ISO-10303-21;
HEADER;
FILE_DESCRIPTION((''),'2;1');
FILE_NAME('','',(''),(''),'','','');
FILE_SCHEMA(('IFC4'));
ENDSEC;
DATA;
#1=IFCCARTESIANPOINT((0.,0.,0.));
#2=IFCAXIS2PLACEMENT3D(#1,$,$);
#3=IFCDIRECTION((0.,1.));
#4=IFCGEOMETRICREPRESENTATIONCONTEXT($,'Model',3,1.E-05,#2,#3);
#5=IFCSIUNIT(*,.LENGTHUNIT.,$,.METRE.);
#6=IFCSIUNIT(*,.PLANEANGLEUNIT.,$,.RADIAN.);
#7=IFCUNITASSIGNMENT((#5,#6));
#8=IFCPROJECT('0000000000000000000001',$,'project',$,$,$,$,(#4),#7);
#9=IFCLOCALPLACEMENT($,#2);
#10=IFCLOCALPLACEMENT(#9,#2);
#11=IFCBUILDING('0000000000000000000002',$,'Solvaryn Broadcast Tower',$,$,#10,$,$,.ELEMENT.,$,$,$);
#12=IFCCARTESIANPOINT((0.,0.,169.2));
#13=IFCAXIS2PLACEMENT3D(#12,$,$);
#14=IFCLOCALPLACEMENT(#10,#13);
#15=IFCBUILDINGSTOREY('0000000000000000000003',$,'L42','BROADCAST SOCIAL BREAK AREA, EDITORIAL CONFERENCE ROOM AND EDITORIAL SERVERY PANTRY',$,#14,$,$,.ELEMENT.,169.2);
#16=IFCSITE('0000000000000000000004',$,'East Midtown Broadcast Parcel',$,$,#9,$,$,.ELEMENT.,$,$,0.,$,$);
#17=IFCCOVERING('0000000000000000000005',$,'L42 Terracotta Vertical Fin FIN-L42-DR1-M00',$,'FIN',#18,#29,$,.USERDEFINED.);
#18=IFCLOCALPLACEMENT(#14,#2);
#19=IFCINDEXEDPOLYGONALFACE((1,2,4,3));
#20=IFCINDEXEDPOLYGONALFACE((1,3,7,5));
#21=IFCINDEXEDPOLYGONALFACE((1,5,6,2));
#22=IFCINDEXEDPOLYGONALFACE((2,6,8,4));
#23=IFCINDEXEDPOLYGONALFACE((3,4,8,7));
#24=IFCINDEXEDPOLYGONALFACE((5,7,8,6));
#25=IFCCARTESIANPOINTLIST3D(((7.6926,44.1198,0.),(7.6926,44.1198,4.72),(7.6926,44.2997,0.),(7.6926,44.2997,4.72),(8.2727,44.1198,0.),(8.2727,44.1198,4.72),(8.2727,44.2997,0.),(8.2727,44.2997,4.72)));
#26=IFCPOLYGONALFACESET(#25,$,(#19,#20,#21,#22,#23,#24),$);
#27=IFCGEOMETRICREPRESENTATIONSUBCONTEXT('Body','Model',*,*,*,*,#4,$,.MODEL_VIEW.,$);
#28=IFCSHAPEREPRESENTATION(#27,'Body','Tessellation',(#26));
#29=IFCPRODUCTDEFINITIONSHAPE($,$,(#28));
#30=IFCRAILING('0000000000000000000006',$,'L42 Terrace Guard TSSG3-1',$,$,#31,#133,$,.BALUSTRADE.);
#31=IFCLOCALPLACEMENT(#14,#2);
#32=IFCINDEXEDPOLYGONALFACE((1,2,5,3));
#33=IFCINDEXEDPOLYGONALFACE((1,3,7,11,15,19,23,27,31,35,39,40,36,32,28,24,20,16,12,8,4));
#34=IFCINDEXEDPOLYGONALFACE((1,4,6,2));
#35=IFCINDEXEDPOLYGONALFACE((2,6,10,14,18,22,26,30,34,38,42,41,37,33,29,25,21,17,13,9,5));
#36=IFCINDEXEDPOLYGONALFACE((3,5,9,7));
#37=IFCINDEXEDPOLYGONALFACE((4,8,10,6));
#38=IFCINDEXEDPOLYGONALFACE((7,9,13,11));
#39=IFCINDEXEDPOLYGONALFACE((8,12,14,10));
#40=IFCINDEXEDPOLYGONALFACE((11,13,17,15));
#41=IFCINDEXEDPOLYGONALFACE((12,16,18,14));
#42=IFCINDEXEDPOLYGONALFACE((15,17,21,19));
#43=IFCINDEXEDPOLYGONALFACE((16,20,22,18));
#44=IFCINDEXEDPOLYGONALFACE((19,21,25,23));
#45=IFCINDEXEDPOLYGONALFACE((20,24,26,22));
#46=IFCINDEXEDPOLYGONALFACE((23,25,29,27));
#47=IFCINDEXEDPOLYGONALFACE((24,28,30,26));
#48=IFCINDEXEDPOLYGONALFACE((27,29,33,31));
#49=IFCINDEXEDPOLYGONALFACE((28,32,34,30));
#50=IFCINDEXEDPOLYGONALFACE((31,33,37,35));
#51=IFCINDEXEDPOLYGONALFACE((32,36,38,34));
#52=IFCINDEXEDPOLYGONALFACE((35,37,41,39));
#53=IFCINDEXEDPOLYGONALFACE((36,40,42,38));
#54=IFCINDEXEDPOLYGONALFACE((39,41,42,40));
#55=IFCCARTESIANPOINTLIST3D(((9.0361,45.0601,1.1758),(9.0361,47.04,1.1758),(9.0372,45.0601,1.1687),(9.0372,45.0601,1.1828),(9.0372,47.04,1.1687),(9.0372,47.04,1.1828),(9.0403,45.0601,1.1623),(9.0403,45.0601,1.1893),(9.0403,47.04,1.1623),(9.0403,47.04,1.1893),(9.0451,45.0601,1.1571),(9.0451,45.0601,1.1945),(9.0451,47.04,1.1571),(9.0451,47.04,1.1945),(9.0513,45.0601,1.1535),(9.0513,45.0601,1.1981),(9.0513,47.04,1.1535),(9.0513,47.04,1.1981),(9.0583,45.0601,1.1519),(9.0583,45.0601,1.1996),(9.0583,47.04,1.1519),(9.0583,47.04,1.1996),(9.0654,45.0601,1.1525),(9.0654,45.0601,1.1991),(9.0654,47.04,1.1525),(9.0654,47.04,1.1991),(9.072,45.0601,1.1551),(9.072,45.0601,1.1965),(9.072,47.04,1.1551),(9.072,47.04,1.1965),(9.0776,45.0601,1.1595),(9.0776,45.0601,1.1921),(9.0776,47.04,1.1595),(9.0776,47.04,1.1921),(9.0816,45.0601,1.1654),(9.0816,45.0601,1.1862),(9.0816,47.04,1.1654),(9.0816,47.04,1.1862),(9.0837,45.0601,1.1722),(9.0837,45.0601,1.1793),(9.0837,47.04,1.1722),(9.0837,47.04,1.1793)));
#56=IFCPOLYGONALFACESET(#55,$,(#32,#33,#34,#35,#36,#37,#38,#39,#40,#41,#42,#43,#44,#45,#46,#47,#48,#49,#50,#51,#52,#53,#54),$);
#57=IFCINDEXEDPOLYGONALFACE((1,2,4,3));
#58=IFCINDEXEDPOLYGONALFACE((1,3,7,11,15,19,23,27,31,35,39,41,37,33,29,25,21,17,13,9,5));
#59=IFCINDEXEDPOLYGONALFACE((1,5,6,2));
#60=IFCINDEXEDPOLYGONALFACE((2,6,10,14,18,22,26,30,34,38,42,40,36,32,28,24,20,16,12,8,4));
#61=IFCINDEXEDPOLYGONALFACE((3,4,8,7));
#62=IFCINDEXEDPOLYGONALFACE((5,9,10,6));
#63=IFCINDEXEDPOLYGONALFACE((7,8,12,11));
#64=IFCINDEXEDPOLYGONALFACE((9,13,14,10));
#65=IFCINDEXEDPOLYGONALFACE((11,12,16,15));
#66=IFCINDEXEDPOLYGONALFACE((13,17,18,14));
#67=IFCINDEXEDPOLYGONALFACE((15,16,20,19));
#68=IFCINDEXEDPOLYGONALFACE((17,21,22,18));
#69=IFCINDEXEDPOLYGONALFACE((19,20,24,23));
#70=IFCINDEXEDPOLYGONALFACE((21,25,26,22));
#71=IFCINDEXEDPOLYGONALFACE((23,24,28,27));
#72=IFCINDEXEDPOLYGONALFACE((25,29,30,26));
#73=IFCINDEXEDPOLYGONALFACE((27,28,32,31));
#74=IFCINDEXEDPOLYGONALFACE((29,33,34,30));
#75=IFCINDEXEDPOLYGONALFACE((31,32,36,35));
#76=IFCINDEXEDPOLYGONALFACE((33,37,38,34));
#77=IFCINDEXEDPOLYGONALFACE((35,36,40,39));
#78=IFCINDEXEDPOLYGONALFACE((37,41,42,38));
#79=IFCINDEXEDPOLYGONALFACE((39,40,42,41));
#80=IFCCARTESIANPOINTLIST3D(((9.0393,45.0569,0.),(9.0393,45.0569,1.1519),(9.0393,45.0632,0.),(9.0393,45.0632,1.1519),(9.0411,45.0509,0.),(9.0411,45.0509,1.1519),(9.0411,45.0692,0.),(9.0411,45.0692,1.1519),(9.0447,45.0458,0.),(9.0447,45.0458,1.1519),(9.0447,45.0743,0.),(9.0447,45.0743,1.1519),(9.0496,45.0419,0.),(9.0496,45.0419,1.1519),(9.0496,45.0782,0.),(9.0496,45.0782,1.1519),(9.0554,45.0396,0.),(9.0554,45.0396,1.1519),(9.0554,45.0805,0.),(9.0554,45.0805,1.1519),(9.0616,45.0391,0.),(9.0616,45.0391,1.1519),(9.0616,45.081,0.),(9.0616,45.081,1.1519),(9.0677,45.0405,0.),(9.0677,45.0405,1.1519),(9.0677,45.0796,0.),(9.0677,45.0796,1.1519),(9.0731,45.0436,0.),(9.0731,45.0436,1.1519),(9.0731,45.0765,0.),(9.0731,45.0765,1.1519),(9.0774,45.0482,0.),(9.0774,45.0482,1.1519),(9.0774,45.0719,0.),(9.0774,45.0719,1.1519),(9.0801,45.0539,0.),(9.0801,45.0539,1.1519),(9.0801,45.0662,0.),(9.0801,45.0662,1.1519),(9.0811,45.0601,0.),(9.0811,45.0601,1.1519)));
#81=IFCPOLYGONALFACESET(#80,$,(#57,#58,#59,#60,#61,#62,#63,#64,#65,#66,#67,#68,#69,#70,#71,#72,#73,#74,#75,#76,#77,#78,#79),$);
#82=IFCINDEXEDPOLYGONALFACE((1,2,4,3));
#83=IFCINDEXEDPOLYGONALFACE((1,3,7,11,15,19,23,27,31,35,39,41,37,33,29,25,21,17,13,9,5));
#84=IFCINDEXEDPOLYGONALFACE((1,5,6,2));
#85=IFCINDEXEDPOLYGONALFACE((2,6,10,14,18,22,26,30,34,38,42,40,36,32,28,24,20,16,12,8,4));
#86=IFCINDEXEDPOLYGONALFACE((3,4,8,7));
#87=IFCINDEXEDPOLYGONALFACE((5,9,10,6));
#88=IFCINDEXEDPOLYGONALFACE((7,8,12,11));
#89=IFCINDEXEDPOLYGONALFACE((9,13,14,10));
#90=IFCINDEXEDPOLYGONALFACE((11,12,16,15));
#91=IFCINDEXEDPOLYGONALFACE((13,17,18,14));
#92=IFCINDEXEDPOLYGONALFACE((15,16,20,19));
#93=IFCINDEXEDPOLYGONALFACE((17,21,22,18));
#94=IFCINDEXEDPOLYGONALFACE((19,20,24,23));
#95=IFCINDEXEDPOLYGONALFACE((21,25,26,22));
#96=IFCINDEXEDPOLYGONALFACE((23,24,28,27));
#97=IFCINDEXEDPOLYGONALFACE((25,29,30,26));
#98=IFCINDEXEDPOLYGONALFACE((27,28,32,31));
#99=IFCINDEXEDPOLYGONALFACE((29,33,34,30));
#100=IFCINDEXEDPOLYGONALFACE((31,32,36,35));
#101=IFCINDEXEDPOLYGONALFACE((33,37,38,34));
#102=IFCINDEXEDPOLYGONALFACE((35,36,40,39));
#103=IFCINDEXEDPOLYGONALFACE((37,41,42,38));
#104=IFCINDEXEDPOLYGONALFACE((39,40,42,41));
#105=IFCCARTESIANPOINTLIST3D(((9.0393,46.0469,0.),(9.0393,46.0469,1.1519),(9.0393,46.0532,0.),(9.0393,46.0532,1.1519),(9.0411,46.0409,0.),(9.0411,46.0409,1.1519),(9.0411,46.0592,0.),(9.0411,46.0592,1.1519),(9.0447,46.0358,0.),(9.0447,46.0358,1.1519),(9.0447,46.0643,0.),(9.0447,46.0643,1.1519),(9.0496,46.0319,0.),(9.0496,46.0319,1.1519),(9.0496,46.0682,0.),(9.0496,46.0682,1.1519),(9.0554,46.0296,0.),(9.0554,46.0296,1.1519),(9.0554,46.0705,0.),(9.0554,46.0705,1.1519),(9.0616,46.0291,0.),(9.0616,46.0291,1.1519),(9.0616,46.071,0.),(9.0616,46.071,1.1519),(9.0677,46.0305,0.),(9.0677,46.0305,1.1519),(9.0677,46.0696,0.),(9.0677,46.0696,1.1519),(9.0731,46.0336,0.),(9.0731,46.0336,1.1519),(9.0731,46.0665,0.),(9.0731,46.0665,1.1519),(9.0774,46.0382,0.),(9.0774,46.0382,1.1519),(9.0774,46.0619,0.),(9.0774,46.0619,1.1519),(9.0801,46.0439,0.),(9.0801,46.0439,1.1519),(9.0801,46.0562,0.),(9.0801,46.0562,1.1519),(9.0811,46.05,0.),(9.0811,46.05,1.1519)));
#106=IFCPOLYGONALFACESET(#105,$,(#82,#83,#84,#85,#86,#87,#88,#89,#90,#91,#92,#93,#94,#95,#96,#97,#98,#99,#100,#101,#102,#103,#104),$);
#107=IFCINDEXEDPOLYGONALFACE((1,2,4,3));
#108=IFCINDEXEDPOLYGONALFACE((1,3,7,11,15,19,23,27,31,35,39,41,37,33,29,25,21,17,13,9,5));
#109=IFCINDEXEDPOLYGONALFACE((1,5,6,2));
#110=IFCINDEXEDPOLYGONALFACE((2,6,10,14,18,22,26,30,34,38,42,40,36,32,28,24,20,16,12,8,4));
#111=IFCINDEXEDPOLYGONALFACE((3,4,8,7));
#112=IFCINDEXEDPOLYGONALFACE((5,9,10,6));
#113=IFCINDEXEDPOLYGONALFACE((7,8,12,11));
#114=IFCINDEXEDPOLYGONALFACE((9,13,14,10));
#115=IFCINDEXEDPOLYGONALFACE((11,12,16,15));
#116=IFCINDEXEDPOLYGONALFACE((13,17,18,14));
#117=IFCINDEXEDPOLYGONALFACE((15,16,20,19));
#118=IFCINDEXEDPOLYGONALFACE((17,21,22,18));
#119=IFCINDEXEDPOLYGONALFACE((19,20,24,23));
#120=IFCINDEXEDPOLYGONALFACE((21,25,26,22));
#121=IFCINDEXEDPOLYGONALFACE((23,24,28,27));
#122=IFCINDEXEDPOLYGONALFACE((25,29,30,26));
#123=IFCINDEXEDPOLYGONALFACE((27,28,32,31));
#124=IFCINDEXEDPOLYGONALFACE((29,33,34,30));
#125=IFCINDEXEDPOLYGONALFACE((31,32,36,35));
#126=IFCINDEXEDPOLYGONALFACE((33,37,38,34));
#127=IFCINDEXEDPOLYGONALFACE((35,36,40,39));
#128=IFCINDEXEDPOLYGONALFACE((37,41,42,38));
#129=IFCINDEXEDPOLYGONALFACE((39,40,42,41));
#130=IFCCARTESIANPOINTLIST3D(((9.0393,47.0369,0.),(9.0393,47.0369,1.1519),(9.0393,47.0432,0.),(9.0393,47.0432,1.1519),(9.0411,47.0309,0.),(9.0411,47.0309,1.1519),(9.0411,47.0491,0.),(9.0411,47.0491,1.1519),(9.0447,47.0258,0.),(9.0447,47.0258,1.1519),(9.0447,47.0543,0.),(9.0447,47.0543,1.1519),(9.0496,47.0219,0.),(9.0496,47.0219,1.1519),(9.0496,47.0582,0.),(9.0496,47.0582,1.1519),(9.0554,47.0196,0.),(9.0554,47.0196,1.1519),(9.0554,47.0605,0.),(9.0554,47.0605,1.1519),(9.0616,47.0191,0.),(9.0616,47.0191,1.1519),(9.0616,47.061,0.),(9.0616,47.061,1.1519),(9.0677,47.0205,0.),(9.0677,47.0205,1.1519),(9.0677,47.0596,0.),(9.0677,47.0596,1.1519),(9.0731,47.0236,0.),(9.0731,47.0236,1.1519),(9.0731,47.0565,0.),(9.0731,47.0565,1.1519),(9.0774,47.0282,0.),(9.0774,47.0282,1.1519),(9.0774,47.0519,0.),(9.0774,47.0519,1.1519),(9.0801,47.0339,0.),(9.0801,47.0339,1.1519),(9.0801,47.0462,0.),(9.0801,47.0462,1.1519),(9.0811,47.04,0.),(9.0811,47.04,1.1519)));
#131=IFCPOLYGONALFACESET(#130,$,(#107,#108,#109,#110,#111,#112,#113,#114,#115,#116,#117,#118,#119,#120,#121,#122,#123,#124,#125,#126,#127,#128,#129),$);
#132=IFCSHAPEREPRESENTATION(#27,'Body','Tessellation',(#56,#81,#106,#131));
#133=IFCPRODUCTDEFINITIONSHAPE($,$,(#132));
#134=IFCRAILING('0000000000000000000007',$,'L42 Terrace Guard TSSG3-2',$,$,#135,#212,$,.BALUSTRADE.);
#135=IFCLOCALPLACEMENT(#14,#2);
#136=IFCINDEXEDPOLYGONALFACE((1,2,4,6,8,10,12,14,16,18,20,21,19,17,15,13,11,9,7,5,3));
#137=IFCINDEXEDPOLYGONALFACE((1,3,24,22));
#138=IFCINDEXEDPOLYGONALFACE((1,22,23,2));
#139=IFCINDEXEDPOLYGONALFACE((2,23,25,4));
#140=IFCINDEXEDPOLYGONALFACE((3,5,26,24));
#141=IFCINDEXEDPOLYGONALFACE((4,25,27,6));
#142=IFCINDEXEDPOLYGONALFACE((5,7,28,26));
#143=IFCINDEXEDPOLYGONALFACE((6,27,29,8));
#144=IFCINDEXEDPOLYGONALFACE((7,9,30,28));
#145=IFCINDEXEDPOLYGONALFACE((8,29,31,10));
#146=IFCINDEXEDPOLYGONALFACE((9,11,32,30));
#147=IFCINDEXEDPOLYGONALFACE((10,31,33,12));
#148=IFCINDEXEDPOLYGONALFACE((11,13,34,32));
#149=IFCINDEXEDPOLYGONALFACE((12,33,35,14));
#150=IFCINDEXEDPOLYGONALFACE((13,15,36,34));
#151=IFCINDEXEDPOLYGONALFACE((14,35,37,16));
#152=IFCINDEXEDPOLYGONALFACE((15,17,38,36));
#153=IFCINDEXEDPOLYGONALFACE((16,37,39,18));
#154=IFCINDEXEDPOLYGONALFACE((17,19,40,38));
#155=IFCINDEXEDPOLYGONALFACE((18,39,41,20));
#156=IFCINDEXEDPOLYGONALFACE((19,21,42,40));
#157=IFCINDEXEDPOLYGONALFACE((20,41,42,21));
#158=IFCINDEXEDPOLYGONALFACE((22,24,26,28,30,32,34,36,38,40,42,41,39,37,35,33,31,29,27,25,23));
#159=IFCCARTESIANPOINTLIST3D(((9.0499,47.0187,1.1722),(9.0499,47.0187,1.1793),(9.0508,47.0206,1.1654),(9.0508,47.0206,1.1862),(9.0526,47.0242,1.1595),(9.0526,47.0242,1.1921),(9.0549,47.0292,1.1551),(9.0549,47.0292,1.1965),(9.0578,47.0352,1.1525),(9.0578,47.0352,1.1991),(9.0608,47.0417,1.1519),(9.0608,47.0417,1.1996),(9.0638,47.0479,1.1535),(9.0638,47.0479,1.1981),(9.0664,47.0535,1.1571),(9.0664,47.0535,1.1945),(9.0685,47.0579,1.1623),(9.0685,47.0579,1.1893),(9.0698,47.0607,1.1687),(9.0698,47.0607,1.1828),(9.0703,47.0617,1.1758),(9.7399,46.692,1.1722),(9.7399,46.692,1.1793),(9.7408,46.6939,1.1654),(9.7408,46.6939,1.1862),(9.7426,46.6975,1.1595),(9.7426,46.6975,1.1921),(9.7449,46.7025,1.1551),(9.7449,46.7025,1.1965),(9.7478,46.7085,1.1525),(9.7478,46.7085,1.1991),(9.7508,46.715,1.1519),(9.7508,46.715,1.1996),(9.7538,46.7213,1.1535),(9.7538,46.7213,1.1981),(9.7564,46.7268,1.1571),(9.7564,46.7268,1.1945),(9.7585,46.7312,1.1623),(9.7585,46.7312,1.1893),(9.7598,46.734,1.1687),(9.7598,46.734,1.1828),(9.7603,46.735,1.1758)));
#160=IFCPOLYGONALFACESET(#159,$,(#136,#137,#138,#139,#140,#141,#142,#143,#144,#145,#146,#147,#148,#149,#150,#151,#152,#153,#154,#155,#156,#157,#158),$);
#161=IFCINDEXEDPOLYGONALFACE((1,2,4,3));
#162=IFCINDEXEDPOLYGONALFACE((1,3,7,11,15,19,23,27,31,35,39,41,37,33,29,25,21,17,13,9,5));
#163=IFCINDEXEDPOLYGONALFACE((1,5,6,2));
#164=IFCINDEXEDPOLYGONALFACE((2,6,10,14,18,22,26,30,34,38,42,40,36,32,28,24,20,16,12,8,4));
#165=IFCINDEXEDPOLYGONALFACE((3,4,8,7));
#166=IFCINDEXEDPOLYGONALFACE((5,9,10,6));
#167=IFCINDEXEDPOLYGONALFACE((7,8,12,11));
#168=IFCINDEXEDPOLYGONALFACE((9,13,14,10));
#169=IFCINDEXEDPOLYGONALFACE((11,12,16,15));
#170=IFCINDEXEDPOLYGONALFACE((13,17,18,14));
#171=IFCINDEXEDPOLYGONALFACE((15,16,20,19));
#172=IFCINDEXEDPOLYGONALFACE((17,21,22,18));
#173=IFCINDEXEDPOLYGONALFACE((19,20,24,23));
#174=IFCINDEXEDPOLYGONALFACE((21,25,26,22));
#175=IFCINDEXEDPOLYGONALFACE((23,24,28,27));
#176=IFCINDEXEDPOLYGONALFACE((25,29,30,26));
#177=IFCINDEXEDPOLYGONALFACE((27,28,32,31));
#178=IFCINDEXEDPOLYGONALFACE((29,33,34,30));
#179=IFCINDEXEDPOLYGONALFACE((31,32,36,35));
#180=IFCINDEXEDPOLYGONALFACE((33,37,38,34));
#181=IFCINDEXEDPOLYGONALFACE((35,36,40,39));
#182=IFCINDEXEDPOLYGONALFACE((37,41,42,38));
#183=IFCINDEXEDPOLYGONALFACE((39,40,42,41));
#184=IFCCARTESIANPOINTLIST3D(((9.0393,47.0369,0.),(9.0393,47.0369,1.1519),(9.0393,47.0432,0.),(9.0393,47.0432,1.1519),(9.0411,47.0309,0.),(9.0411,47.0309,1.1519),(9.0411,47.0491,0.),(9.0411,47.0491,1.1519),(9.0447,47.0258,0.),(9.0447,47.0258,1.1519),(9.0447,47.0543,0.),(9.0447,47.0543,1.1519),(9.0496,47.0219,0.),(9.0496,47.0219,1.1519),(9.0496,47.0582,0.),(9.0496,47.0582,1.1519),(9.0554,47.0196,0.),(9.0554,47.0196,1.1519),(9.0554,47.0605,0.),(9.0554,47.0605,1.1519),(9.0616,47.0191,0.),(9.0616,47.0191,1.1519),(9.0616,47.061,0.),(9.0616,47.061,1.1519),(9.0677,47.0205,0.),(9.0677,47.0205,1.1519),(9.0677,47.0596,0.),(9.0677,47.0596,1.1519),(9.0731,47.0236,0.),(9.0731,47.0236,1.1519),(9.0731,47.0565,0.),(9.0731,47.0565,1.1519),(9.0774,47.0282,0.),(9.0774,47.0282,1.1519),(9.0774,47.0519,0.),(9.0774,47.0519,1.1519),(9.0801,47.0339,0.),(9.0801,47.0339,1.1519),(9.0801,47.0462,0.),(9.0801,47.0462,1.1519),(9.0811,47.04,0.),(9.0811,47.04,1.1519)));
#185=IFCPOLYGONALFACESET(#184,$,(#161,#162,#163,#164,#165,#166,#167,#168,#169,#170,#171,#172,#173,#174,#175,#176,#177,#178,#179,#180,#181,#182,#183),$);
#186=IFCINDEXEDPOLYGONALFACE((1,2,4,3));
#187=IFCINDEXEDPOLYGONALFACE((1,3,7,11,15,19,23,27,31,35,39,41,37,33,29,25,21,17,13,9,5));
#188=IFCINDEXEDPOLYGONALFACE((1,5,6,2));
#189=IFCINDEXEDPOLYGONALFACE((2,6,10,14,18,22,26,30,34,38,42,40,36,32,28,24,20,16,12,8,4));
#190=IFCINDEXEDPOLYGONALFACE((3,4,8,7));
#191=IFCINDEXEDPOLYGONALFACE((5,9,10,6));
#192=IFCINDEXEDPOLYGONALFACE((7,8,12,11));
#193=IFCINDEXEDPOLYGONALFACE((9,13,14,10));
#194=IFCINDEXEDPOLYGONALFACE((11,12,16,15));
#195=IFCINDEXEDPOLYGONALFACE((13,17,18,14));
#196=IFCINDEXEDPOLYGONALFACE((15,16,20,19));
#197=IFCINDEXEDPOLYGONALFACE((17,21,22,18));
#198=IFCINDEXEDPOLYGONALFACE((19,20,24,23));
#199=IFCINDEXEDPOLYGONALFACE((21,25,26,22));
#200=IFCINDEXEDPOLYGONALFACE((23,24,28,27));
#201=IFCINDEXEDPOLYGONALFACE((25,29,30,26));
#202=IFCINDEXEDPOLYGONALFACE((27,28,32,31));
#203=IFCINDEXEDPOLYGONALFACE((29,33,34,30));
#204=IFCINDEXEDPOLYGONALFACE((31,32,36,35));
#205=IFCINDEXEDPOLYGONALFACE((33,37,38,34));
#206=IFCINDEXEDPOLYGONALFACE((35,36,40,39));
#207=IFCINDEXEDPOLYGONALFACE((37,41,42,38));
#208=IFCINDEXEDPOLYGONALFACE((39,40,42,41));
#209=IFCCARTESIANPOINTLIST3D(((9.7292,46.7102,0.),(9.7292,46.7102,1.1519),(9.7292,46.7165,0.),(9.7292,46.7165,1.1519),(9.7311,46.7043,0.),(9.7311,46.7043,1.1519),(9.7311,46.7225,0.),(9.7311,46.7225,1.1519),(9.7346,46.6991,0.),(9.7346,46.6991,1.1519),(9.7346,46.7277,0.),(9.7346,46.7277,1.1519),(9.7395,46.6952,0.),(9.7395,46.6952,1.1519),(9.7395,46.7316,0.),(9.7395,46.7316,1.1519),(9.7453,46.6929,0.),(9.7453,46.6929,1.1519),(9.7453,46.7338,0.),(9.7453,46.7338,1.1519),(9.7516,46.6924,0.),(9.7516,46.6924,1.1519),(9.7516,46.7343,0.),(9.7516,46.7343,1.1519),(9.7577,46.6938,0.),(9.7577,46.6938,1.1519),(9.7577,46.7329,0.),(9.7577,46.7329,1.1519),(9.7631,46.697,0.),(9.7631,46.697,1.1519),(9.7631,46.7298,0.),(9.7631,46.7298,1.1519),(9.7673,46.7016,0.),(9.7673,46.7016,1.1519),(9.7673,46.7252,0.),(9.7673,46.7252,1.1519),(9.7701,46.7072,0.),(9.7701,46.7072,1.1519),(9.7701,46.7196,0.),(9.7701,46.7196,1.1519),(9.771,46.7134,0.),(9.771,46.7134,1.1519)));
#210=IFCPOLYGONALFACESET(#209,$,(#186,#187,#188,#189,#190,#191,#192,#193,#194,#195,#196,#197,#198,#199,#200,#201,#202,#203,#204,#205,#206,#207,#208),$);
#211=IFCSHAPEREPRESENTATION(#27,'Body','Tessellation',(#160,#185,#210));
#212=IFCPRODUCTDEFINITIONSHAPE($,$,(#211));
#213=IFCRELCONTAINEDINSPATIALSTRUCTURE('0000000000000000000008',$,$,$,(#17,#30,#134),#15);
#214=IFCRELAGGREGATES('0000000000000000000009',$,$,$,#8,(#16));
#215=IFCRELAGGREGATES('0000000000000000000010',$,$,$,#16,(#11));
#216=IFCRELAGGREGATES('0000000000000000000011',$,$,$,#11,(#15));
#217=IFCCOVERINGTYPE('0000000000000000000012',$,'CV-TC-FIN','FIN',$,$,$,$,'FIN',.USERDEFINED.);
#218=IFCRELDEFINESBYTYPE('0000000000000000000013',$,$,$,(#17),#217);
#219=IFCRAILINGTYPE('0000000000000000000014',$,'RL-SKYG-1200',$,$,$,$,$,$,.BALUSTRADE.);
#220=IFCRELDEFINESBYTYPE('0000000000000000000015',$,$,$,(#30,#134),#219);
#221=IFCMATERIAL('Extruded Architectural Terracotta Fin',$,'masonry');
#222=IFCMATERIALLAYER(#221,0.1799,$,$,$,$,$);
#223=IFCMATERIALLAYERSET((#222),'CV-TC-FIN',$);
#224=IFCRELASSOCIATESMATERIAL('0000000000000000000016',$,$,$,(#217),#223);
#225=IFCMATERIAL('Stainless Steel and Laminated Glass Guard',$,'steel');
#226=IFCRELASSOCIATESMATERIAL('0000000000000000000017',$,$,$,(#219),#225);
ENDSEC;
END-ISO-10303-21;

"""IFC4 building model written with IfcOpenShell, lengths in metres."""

from ifc_helpers import new_model, si_unit, direction, frame, origin, origin_2d, place, context, subcontext, project, spatial, rectangle, circle, extrude, material, layer, layer_set, type_object, element, save


model = new_model("IFC4")

# Units and contexts
model_context = context("Model", 3, precision=1e-05, world=origin(), true_north=direction((0.0, 1.0)))
body_context = subcontext(model_context, "Body", "Model", "MODEL_VIEW")
ifc_project = project(units=[si_unit("LENGTHUNIT", "METRE"), si_unit("PLANEANGLEUNIT", "RADIAN")], contexts=[model_context])

# Site, building, storey
site_placement = place(None, origin())
site = spatial("IfcSite", under=ifc_project, at=site_placement, Name="East Midtown Broadcast Parcel", CompositionType="ELEMENT", RefElevation=0.0)
building_placement = place(site_placement, origin())
building = spatial("IfcBuilding", under=site, at=building_placement, Name="Solvaryn Broadcast Tower", CompositionType="ELEMENT")
storey_placement = place(building_placement, frame((0.0, 0.0, 169.2)))
storey = spatial("IfcBuildingStorey", under=building, at=storey_placement, Name="L42", Description="BROADCAST SOCIAL BREAK AREA, EDITORIAL CONFERENCE ROOM AND EDITORIAL SERVERY PANTRY", CompositionType="ELEMENT", Elevation=169.2)

# Covering
ifc_material_1 = material(Name="Extruded Architectural Terracotta Fin", Category="masonry")
ifc_layer_1 = layer(ifc_material_1, 0.1799)
ifc_layer_set_1 = layer_set([ifc_layer_1], Name="CV-TC-FIN")
covering_type = type_object("IfcCoveringType", Name="CV-TC-FIN", Description="FIN", ElementType="FIN", PredefinedType="USERDEFINED", material=ifc_layer_set_1)
covering_placement = place(storey_placement, frame((7.9827, 44.2097, 0.0), z_axis=(0.0, 0.0, 1.0), x_axis=(1.0, 0.0, 0.0)))
element("IfcCovering", 1, at=covering_placement, inside=storey, type_object=covering_type, Name="L42 Terracotta Vertical Fin FIN-L42-DR1-M00", ObjectType="FIN", PredefinedType="USERDEFINED", context=body_context, shape_type="SweptSolid", body=[
    extrude(rectangle(XDim=0.5801, YDim=0.1799, at=origin_2d()), origin(), (0.0, 0.0, 1.0), 4.72),
])

# Railings
ifc_material_2 = material(Name="Stainless Steel and Laminated Glass Guard", Category="steel")
railing_type = type_object("IfcRailingType", Name="RL-SKYG-1200", PredefinedType="BALUSTRADE", material=ifc_material_2)
railing_1_placement = place(storey_placement, frame((9.0601, 45.0601, 0.0)))
element("IfcRailing", 2, at=railing_1_placement, inside=storey, type_object=railing_type, Name="L42 Terrace Guard TSSG3-1", PredefinedType="BALUSTRADE", context=body_context, shape_type="SweptSolid", body=[
    extrude(circle(Radius=0.0239, at=origin_2d()), frame((0.0, 0.0, 1.1758), z_axis=(0.0, 1.0, 0.0), x_axis=(-1.0, 0.0, 0.0)), (0.0, 0.0, 1.0), 1.98),
    extrude(circle(Radius=0.021, at=origin_2d()), origin(), (0.0, 0.0, 1.0), 1.1519),
    extrude(circle(Radius=0.021, at=origin_2d()), frame((0.0, 0.99, 0.0)), (0.0, 0.0, 1.0), 1.1519),
    extrude(circle(Radius=0.021, at=origin_2d()), frame((0.0, 1.98, 0.0)), (0.0, 0.0, 1.0), 1.1519),
])
railing_2_placement = place(storey_placement, frame((9.0601, 47.04, 0.0)))
element("IfcRailing", 3, at=railing_2_placement, inside=storey, type_object=railing_type, Name="L42 Terrace Guard TSSG3-2", PredefinedType="BALUSTRADE", context=body_context, shape_type="SweptSolid", body=[
    extrude(circle(Radius=0.0239, at=origin_2d()), frame((0.0, 0.0, 1.1758), z_axis=(0.903816, -0.427921, 0.0), x_axis=(0.427921, 0.903816, 0.0)), (0.0, 0.0, 1.0), 0.7634),
    extrude(circle(Radius=0.021, at=origin_2d()), origin(), (0.0, 0.0, 1.0), 1.1519),
    extrude(circle(Radius=0.021, at=origin_2d()), frame((0.6899, -0.3267, 0.0)), (0.0, 0.0, 1.0), 1.1519),
])

save(model, "model.ifc")
